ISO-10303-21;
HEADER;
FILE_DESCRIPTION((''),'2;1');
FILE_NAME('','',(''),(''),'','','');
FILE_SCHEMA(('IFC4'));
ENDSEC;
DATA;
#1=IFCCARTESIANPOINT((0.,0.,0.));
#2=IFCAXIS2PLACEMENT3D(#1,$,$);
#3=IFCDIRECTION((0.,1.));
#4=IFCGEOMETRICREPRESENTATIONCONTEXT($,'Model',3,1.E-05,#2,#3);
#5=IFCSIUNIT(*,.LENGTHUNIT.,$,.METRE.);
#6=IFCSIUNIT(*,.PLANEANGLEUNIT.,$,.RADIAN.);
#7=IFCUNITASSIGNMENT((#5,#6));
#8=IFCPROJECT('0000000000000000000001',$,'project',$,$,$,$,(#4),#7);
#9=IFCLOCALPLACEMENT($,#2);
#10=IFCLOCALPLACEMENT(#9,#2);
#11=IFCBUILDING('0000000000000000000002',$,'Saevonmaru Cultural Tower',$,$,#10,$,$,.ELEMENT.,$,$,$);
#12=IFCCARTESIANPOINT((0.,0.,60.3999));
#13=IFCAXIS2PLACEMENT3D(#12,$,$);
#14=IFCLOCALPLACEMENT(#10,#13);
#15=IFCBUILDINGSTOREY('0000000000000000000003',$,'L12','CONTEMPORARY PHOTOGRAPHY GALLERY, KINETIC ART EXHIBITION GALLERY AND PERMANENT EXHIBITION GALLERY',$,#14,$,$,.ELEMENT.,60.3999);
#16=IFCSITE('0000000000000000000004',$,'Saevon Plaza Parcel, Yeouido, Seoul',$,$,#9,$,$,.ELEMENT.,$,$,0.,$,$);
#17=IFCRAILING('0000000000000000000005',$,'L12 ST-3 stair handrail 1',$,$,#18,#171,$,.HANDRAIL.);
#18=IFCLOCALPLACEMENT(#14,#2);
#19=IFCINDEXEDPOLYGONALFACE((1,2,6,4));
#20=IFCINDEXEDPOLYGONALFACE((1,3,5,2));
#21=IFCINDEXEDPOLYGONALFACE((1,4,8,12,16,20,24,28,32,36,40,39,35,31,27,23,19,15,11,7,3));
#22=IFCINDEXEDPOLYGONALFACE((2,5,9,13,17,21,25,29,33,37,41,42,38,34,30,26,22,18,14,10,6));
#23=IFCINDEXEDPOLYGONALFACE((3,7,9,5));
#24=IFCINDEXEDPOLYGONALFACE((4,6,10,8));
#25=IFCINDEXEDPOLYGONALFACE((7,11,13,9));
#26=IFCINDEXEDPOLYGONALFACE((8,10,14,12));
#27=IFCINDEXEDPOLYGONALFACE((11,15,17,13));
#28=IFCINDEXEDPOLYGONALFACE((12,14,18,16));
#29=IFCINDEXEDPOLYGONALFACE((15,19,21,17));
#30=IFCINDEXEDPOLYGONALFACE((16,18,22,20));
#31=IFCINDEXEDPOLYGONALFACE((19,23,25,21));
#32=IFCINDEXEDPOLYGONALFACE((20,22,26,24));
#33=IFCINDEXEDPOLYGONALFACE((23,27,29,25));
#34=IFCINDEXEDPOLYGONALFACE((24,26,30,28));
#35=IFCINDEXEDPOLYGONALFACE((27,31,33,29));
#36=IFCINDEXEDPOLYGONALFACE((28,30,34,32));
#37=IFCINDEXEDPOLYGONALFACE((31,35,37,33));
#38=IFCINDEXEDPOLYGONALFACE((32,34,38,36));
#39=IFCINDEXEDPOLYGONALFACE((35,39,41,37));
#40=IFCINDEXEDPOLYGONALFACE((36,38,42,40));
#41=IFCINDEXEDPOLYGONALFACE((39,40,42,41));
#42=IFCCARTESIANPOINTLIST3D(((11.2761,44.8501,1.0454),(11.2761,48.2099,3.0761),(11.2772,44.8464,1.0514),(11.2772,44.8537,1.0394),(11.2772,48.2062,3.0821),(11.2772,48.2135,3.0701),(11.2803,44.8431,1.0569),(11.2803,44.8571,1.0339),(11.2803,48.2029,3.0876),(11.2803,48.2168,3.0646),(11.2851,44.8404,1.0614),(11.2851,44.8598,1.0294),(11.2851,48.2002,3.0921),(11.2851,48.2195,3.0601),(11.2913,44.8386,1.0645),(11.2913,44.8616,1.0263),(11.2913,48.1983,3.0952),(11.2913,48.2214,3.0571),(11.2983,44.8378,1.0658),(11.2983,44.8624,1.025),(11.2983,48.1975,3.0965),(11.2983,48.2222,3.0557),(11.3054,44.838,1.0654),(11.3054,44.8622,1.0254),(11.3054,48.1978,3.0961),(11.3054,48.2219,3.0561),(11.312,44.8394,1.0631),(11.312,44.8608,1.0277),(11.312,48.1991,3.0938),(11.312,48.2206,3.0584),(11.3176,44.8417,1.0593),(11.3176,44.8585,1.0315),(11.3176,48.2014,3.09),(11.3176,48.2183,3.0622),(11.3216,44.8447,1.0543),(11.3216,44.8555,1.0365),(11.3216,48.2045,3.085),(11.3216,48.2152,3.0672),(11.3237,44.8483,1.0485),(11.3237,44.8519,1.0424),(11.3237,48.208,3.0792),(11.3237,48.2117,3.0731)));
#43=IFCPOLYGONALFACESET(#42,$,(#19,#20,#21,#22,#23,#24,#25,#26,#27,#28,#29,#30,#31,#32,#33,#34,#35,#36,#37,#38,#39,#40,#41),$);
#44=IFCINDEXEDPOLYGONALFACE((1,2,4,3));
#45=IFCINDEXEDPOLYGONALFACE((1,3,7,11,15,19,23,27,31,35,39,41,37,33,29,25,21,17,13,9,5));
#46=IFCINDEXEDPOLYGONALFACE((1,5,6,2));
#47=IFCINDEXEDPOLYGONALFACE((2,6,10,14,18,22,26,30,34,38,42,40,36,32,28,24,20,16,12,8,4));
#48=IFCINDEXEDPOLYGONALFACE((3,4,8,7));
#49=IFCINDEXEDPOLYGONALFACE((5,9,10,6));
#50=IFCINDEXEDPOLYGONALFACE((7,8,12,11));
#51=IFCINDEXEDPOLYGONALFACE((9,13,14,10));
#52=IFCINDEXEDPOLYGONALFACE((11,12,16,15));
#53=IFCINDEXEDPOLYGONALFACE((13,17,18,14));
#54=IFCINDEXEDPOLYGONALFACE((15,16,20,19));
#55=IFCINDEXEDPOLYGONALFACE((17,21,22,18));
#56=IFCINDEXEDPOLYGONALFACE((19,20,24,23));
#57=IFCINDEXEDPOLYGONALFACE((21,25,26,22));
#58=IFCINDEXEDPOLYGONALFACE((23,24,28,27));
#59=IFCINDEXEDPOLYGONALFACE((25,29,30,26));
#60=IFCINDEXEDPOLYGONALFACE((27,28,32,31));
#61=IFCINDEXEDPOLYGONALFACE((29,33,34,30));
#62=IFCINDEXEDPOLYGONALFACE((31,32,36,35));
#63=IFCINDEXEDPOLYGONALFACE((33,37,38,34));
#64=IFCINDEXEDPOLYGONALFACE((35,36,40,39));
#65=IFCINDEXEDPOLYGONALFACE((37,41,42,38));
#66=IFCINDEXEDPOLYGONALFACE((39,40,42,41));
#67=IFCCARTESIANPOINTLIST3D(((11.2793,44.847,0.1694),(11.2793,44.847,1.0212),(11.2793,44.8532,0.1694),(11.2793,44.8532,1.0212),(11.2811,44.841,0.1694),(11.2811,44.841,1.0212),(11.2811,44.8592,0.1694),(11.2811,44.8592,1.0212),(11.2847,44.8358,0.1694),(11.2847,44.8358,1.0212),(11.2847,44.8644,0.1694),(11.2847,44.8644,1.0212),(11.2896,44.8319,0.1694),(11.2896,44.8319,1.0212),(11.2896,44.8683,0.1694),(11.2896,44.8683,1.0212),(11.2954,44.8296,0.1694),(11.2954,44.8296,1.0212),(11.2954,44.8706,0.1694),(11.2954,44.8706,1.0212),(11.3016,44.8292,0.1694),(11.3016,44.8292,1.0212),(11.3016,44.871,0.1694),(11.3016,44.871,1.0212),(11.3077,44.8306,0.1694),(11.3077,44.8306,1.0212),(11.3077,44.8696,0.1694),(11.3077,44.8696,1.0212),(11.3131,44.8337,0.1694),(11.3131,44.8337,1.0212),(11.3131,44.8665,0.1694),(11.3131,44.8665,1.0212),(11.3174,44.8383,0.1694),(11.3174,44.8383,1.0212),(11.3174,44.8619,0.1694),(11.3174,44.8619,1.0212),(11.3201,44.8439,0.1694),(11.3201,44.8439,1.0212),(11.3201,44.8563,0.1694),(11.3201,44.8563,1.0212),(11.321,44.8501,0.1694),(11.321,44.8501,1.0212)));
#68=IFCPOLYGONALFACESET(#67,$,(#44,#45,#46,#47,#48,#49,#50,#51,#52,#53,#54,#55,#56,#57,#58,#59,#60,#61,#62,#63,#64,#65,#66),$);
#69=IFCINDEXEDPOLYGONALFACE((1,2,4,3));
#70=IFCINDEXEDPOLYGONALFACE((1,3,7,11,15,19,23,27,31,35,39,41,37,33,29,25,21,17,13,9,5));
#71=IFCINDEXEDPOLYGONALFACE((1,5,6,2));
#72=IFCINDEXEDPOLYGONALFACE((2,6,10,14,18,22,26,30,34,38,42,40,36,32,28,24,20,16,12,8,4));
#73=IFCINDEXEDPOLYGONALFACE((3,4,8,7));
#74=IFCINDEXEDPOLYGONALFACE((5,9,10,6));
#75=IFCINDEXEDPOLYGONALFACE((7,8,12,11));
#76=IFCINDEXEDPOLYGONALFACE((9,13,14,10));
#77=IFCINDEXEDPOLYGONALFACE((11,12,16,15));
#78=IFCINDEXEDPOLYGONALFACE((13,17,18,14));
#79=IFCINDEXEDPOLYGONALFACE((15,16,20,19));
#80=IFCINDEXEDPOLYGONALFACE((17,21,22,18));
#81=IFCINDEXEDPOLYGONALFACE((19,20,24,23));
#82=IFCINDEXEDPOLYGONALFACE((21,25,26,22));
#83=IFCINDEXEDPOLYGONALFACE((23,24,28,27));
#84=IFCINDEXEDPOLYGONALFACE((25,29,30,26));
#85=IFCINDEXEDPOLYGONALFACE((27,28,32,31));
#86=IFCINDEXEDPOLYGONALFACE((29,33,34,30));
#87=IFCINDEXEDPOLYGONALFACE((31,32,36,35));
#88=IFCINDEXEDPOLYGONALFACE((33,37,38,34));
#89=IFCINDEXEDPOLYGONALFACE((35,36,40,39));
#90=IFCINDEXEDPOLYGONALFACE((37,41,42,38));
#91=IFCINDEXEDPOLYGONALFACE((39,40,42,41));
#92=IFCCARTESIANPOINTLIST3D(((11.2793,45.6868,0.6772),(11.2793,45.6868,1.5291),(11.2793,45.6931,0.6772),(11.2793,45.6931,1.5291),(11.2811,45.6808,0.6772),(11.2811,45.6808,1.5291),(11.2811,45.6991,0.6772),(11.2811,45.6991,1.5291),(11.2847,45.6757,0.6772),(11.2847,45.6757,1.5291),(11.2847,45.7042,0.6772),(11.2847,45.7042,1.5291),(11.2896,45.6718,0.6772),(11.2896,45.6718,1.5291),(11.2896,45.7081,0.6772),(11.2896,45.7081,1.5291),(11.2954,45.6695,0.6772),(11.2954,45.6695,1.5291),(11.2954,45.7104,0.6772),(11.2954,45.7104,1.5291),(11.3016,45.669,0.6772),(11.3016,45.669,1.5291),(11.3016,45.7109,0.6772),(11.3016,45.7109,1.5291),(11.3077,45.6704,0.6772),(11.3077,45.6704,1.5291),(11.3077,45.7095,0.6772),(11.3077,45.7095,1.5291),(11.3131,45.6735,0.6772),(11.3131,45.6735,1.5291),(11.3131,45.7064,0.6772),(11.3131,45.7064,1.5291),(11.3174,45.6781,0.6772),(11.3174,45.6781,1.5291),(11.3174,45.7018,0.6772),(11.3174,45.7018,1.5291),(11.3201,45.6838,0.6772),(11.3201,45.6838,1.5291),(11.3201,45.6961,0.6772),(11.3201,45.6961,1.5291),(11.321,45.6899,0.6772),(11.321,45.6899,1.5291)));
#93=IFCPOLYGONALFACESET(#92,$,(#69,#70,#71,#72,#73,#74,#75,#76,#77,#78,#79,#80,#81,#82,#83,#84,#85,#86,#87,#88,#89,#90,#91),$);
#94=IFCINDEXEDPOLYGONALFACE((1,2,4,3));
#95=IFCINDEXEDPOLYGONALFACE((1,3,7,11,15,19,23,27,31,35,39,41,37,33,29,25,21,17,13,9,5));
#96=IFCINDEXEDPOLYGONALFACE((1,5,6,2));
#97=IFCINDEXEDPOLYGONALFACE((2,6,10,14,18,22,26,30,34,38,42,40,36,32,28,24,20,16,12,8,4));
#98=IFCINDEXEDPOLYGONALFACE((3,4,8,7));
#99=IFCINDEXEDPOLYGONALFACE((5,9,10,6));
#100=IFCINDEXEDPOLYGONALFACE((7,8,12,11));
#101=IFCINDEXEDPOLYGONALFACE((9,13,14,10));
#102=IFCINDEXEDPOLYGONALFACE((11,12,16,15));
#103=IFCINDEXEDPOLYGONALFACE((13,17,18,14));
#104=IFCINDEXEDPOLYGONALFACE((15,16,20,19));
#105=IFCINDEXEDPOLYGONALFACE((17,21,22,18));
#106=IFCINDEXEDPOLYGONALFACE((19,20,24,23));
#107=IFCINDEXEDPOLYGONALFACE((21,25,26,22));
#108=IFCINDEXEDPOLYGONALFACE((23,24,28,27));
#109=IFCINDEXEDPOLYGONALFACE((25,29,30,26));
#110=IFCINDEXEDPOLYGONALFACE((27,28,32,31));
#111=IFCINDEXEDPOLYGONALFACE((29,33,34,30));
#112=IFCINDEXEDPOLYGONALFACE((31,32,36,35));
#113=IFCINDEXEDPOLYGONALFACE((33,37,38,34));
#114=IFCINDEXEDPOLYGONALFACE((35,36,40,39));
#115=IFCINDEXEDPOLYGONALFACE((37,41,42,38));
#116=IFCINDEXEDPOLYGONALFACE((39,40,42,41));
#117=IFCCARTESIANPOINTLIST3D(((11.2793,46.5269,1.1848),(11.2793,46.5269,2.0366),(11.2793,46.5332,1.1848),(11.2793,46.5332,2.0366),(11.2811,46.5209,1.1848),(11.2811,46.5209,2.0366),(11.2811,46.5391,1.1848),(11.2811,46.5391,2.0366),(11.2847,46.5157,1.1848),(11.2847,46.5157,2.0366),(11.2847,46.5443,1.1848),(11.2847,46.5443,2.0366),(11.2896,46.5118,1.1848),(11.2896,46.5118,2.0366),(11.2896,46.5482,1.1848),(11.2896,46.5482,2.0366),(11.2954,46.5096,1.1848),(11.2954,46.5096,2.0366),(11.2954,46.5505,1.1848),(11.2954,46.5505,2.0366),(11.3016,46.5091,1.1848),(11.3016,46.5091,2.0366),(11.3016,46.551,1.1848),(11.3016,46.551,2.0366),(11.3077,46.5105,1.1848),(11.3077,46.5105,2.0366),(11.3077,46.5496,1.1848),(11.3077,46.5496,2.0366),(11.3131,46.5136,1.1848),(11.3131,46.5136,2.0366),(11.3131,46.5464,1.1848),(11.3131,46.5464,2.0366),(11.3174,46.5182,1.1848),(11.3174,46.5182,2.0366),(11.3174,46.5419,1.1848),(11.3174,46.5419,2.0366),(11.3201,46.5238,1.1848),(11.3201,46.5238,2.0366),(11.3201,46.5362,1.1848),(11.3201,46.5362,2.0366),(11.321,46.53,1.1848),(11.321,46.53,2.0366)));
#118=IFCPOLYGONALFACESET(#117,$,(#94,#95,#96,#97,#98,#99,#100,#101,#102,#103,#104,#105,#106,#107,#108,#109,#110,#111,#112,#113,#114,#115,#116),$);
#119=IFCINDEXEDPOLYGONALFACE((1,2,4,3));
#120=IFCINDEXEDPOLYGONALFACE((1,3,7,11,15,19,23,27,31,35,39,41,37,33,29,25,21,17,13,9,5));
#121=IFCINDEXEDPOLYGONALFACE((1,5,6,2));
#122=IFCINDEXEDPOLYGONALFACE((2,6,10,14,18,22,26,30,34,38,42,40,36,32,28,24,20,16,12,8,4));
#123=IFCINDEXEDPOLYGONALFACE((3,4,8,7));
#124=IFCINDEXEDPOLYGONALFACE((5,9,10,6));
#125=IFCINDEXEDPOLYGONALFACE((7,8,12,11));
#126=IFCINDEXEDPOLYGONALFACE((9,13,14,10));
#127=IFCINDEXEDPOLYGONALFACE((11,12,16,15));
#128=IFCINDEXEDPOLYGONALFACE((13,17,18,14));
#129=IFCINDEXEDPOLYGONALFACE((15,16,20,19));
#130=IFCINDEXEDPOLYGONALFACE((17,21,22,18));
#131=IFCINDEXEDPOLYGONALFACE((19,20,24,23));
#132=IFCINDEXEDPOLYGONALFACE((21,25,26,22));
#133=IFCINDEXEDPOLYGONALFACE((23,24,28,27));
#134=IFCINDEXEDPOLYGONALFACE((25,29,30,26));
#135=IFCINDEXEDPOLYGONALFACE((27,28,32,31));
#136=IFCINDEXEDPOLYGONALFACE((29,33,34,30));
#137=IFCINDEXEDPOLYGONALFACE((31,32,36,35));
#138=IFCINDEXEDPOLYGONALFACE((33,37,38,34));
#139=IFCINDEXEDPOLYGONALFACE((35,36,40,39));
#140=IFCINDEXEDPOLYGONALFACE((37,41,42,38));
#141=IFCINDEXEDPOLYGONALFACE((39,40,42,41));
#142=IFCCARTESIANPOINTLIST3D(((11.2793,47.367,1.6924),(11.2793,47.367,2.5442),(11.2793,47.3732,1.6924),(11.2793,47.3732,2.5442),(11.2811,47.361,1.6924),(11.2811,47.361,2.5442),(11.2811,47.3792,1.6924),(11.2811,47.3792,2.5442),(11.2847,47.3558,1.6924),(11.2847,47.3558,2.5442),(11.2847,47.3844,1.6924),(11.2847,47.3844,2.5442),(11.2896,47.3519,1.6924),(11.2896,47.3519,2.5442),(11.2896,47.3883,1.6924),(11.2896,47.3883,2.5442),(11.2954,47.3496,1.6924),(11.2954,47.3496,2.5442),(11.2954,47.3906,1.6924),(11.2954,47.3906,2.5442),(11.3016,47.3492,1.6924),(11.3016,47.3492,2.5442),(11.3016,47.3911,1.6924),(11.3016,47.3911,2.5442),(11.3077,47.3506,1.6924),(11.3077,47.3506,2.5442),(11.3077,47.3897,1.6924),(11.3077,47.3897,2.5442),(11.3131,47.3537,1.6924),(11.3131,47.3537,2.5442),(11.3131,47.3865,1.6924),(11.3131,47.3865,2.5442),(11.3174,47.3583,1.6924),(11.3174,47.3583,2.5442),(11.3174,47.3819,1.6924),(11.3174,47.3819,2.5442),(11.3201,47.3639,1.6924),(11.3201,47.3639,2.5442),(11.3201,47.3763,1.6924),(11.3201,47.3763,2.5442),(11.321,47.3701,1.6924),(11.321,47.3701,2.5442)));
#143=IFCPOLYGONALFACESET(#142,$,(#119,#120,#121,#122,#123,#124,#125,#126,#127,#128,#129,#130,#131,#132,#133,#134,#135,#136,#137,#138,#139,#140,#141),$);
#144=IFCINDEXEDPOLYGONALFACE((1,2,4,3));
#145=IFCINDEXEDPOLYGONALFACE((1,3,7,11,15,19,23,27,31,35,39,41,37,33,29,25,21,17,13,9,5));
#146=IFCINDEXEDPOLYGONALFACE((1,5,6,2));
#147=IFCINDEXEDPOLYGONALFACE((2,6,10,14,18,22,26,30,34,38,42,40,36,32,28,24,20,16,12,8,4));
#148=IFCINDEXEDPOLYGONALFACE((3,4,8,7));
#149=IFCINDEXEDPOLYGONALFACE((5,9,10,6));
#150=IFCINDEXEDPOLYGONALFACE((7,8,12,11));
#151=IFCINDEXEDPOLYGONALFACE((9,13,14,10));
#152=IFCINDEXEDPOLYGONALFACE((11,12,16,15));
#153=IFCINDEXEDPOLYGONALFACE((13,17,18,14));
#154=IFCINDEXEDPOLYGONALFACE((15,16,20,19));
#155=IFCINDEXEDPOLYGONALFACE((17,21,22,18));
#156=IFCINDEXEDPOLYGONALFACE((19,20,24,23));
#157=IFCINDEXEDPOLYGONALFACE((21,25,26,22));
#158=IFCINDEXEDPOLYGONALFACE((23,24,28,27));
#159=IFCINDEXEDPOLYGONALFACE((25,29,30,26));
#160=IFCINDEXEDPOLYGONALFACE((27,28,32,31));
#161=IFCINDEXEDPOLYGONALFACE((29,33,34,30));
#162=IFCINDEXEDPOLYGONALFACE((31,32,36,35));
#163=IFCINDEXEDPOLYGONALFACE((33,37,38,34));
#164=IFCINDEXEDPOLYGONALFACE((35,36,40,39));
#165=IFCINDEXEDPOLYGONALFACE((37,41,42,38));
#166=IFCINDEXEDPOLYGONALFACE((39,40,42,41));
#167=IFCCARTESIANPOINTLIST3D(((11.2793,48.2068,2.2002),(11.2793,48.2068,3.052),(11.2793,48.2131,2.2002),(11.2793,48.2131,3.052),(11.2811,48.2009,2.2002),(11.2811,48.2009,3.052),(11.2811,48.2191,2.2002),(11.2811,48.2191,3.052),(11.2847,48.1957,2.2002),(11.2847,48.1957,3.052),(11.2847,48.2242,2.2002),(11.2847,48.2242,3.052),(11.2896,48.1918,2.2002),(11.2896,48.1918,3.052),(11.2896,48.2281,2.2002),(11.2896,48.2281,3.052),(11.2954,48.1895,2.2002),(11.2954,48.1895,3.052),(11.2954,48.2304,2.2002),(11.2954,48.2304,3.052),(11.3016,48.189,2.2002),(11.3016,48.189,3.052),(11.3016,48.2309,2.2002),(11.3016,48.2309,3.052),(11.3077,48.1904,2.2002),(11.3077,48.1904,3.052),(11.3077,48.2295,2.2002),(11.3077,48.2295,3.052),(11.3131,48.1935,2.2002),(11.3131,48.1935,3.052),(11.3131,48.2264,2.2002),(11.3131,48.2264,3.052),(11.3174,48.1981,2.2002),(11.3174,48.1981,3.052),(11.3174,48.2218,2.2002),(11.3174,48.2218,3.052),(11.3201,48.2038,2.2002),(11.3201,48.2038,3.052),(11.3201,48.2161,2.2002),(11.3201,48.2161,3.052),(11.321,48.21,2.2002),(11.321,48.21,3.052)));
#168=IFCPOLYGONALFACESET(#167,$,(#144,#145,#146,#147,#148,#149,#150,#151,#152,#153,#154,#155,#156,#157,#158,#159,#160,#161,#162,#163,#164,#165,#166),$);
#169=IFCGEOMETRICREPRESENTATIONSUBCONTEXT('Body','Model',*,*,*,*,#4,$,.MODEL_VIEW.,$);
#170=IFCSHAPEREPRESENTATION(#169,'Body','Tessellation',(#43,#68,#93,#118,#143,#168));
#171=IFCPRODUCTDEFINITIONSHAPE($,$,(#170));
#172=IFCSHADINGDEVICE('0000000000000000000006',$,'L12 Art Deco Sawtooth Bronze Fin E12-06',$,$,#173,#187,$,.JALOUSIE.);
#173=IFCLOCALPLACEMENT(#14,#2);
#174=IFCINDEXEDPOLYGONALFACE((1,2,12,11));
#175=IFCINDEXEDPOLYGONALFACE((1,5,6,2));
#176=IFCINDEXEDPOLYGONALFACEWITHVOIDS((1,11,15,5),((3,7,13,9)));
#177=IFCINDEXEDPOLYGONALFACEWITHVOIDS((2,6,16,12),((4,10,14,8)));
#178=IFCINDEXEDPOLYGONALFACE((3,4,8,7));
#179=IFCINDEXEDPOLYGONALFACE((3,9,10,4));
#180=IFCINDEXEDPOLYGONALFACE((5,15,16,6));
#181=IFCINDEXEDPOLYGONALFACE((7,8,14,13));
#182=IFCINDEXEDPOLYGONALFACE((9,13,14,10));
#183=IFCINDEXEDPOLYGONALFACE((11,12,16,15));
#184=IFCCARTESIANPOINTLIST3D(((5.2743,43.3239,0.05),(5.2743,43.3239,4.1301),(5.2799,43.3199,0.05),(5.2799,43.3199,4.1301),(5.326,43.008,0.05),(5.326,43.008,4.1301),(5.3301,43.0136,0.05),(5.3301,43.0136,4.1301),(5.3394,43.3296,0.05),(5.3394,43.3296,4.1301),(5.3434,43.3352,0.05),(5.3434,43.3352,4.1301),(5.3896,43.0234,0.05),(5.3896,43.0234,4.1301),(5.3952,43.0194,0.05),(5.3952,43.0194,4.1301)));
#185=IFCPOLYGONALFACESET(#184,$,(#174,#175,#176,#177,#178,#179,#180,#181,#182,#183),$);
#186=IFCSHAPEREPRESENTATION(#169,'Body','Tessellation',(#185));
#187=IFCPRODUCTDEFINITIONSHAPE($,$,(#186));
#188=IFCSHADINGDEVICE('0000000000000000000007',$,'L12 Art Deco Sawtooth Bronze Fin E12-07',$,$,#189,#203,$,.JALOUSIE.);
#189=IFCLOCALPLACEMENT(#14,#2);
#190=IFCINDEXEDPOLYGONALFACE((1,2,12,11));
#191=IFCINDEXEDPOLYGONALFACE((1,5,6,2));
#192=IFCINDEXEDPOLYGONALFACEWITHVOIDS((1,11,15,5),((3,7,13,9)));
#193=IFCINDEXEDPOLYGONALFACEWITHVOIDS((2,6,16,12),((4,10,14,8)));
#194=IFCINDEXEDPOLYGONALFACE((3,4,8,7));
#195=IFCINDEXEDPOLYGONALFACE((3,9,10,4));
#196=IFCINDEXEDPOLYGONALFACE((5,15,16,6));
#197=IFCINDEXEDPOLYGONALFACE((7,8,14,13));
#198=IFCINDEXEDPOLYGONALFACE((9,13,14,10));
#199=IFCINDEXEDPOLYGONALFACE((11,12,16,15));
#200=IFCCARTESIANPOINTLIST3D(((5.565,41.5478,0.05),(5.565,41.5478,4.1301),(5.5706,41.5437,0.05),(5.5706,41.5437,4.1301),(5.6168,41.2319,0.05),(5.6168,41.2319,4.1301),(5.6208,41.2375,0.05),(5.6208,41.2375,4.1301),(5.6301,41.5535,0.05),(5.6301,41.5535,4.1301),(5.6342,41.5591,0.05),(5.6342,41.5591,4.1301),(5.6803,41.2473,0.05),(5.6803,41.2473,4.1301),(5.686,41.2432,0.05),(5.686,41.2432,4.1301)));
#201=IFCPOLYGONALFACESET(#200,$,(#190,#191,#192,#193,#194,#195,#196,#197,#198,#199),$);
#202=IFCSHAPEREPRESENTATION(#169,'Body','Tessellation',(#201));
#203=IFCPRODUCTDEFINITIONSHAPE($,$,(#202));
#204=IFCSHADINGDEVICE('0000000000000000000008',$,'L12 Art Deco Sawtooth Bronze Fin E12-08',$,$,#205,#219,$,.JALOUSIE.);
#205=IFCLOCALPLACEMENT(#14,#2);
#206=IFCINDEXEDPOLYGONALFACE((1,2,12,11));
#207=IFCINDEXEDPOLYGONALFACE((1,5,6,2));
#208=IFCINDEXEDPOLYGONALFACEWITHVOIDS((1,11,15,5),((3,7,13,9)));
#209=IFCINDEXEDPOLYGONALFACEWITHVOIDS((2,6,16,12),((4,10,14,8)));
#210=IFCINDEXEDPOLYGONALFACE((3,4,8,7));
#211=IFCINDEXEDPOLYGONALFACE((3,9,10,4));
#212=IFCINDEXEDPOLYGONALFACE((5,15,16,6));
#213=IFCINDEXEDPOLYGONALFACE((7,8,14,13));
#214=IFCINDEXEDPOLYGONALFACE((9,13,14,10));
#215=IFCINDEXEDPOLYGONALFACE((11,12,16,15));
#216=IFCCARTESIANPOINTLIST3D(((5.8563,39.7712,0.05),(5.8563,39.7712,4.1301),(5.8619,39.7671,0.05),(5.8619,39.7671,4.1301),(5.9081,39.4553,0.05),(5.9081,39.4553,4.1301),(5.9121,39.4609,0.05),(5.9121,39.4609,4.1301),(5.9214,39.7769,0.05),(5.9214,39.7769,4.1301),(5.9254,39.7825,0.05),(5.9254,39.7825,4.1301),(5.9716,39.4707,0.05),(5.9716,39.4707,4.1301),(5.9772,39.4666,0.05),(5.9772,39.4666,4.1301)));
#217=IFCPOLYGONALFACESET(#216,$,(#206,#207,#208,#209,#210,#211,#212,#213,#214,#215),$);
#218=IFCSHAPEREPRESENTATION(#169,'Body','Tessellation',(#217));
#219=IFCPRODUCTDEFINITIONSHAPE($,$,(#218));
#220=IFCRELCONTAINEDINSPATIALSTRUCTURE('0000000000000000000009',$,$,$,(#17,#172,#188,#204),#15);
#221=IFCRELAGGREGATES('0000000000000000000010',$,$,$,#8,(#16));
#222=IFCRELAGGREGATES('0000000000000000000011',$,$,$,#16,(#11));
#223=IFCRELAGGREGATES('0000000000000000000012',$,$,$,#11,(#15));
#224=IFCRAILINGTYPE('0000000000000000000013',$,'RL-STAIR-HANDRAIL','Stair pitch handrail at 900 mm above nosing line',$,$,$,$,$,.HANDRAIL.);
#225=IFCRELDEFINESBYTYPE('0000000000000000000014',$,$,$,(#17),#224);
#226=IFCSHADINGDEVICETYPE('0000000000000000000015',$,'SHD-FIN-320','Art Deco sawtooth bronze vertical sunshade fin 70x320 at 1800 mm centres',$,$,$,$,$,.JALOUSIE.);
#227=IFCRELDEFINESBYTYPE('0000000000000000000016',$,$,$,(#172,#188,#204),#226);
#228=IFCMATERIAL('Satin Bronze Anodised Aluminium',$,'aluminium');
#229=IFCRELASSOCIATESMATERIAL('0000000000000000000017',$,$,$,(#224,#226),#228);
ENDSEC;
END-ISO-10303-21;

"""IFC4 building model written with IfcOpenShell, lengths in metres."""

from ifc_helpers import new_model, si_unit, direction, frame, origin, origin_2d, place, context, subcontext, project, spatial, hollow_rectangle, circle, extrude, material, material_profile, profile_set, type_object, element, save


model = new_model("IFC4")

# Units and contexts
model_context = context("Model", 3, precision=1e-05, world=origin(), true_north=direction((0.0, 1.0)))
body_context = subcontext(model_context, "Body", "Model", "MODEL_VIEW")
ifc_project = project(units=[si_unit("LENGTHUNIT", "METRE"), si_unit("PLANEANGLEUNIT", "RADIAN")], contexts=[model_context])

# Site, building, storey
site_placement = place(None, origin())
site = spatial("IfcSite", under=ifc_project, at=site_placement, Name="Saevon Plaza Parcel, Yeouido, Seoul", CompositionType="ELEMENT", RefElevation=0.0)
building_placement = place(site_placement, origin())
building = spatial("IfcBuilding", under=site, at=building_placement, Name="Saevonmaru Cultural Tower", CompositionType="ELEMENT")
storey_placement = place(building_placement, frame((0.0, 0.0, 60.3999)))
storey = spatial("IfcBuildingStorey", under=building, at=storey_placement, Name="L12", Description="CONTEMPORARY PHOTOGRAPHY GALLERY, KINETIC ART EXHIBITION GALLERY AND PERMANENT EXHIBITION GALLERY", CompositionType="ELEMENT", Elevation=60.3999)

# Shared definitions
ifc_material_1 = material(Name="Satin Bronze Anodised Aluminium", Category="aluminium")

# Railing
railing_type_1 = type_object("IfcRailingType", Name="RL-STAIR-HANDRAIL", Description="Stair pitch handrail at 900 mm above nosing line", PredefinedType="HANDRAIL", material=ifc_material_1)
railing_1_placement = place(storey_placement, frame((11.3, 44.8501, 0.1694)))
element("IfcRailing", 1, at=railing_1_placement, inside=storey, type_object=railing_type_1, Name="L12 ST-3 stair handrail 1", PredefinedType="HANDRAIL", context=body_context, shape_type="SweptSolid", body=[
    extrude(circle(Radius=0.0239, at=origin_2d()), frame((0.0, 0.0, 0.876), z_axis=(0.0, 0.85582, 0.517273), x_axis=(-1.0, 0.0, 0.0)), (0.0, 0.0, 1.0), 3.9258),
    extrude(circle(Radius=0.021, at=origin_2d()), origin(), (0.0, 0.0, 1.0), 0.8518),
    extrude(circle(Radius=0.021, at=origin_2d()), frame((0.0, 0.8398, 0.5078)), (0.0, 0.0, 1.0), 0.8518),
    extrude(circle(Radius=0.021, at=origin_2d()), frame((0.0, 1.6799, 1.0154)), (0.0, 0.0, 1.0), 0.8518),
    extrude(circle(Radius=0.021, at=origin_2d()), frame((0.0, 2.52, 1.5229)), (0.0, 0.0, 1.0), 0.8518),
    extrude(circle(Radius=0.021, at=origin_2d()), frame((0.0, 3.3599, 2.0308)), (0.0, 0.0, 1.0), 0.8518),
])

# Shading devices
ifc_material_profile_1 = material_profile(ifc_material_1, hollow_rectangle(XDim=0.0701, YDim=0.3201, WallThickness=0.0049, at=origin_2d()), Name="FIN-320x70")
ifc_profile_set_1 = profile_set([ifc_material_profile_1], Name="Satin Bronze Anodised Aluminium")
shading_device_type = type_object("IfcShadingDeviceType", Name="SHD-FIN-320", Description="Art Deco sawtooth bronze vertical sunshade fin 70x320 at 1800 mm centres", PredefinedType="JALOUSIE", material=ifc_profile_set_1)
for number, where, z_axis, x_axis, name in (
    (2, (5.3347, 43.1716, 0.05), (0.0, 0.0, 1.0), (-0.986827, -0.161776, 0.0), "L12 Art Deco Sawtooth Bronze Fin E12-06"),
    (3, (5.6255, 41.3955, 0.05), (0.0, 0.0, 1.0), (-0.986827, -0.161776, 0.0), "L12 Art Deco Sawtooth Bronze Fin E12-07"),
    (4, (5.9167, 39.6189, 0.05), (0.0, 0.0, 1.0), (-0.986827, -0.161776, 0.0), "L12 Art Deco Sawtooth Bronze Fin E12-08"),
):
    element("IfcShadingDevice", number, at=place(storey_placement, frame(where, z_axis=z_axis, x_axis=x_axis)), inside=storey, type_object=shading_device_type, Name=name, PredefinedType="JALOUSIE", context=body_context, shape_type="SweptSolid", body=[
        extrude(hollow_rectangle(XDim=0.0701, YDim=0.3201, WallThickness=0.0049, at=origin_2d()), origin(), (0.0, 0.0, 1.0), 4.0801),
    ])

save(model, "model.ifc")
